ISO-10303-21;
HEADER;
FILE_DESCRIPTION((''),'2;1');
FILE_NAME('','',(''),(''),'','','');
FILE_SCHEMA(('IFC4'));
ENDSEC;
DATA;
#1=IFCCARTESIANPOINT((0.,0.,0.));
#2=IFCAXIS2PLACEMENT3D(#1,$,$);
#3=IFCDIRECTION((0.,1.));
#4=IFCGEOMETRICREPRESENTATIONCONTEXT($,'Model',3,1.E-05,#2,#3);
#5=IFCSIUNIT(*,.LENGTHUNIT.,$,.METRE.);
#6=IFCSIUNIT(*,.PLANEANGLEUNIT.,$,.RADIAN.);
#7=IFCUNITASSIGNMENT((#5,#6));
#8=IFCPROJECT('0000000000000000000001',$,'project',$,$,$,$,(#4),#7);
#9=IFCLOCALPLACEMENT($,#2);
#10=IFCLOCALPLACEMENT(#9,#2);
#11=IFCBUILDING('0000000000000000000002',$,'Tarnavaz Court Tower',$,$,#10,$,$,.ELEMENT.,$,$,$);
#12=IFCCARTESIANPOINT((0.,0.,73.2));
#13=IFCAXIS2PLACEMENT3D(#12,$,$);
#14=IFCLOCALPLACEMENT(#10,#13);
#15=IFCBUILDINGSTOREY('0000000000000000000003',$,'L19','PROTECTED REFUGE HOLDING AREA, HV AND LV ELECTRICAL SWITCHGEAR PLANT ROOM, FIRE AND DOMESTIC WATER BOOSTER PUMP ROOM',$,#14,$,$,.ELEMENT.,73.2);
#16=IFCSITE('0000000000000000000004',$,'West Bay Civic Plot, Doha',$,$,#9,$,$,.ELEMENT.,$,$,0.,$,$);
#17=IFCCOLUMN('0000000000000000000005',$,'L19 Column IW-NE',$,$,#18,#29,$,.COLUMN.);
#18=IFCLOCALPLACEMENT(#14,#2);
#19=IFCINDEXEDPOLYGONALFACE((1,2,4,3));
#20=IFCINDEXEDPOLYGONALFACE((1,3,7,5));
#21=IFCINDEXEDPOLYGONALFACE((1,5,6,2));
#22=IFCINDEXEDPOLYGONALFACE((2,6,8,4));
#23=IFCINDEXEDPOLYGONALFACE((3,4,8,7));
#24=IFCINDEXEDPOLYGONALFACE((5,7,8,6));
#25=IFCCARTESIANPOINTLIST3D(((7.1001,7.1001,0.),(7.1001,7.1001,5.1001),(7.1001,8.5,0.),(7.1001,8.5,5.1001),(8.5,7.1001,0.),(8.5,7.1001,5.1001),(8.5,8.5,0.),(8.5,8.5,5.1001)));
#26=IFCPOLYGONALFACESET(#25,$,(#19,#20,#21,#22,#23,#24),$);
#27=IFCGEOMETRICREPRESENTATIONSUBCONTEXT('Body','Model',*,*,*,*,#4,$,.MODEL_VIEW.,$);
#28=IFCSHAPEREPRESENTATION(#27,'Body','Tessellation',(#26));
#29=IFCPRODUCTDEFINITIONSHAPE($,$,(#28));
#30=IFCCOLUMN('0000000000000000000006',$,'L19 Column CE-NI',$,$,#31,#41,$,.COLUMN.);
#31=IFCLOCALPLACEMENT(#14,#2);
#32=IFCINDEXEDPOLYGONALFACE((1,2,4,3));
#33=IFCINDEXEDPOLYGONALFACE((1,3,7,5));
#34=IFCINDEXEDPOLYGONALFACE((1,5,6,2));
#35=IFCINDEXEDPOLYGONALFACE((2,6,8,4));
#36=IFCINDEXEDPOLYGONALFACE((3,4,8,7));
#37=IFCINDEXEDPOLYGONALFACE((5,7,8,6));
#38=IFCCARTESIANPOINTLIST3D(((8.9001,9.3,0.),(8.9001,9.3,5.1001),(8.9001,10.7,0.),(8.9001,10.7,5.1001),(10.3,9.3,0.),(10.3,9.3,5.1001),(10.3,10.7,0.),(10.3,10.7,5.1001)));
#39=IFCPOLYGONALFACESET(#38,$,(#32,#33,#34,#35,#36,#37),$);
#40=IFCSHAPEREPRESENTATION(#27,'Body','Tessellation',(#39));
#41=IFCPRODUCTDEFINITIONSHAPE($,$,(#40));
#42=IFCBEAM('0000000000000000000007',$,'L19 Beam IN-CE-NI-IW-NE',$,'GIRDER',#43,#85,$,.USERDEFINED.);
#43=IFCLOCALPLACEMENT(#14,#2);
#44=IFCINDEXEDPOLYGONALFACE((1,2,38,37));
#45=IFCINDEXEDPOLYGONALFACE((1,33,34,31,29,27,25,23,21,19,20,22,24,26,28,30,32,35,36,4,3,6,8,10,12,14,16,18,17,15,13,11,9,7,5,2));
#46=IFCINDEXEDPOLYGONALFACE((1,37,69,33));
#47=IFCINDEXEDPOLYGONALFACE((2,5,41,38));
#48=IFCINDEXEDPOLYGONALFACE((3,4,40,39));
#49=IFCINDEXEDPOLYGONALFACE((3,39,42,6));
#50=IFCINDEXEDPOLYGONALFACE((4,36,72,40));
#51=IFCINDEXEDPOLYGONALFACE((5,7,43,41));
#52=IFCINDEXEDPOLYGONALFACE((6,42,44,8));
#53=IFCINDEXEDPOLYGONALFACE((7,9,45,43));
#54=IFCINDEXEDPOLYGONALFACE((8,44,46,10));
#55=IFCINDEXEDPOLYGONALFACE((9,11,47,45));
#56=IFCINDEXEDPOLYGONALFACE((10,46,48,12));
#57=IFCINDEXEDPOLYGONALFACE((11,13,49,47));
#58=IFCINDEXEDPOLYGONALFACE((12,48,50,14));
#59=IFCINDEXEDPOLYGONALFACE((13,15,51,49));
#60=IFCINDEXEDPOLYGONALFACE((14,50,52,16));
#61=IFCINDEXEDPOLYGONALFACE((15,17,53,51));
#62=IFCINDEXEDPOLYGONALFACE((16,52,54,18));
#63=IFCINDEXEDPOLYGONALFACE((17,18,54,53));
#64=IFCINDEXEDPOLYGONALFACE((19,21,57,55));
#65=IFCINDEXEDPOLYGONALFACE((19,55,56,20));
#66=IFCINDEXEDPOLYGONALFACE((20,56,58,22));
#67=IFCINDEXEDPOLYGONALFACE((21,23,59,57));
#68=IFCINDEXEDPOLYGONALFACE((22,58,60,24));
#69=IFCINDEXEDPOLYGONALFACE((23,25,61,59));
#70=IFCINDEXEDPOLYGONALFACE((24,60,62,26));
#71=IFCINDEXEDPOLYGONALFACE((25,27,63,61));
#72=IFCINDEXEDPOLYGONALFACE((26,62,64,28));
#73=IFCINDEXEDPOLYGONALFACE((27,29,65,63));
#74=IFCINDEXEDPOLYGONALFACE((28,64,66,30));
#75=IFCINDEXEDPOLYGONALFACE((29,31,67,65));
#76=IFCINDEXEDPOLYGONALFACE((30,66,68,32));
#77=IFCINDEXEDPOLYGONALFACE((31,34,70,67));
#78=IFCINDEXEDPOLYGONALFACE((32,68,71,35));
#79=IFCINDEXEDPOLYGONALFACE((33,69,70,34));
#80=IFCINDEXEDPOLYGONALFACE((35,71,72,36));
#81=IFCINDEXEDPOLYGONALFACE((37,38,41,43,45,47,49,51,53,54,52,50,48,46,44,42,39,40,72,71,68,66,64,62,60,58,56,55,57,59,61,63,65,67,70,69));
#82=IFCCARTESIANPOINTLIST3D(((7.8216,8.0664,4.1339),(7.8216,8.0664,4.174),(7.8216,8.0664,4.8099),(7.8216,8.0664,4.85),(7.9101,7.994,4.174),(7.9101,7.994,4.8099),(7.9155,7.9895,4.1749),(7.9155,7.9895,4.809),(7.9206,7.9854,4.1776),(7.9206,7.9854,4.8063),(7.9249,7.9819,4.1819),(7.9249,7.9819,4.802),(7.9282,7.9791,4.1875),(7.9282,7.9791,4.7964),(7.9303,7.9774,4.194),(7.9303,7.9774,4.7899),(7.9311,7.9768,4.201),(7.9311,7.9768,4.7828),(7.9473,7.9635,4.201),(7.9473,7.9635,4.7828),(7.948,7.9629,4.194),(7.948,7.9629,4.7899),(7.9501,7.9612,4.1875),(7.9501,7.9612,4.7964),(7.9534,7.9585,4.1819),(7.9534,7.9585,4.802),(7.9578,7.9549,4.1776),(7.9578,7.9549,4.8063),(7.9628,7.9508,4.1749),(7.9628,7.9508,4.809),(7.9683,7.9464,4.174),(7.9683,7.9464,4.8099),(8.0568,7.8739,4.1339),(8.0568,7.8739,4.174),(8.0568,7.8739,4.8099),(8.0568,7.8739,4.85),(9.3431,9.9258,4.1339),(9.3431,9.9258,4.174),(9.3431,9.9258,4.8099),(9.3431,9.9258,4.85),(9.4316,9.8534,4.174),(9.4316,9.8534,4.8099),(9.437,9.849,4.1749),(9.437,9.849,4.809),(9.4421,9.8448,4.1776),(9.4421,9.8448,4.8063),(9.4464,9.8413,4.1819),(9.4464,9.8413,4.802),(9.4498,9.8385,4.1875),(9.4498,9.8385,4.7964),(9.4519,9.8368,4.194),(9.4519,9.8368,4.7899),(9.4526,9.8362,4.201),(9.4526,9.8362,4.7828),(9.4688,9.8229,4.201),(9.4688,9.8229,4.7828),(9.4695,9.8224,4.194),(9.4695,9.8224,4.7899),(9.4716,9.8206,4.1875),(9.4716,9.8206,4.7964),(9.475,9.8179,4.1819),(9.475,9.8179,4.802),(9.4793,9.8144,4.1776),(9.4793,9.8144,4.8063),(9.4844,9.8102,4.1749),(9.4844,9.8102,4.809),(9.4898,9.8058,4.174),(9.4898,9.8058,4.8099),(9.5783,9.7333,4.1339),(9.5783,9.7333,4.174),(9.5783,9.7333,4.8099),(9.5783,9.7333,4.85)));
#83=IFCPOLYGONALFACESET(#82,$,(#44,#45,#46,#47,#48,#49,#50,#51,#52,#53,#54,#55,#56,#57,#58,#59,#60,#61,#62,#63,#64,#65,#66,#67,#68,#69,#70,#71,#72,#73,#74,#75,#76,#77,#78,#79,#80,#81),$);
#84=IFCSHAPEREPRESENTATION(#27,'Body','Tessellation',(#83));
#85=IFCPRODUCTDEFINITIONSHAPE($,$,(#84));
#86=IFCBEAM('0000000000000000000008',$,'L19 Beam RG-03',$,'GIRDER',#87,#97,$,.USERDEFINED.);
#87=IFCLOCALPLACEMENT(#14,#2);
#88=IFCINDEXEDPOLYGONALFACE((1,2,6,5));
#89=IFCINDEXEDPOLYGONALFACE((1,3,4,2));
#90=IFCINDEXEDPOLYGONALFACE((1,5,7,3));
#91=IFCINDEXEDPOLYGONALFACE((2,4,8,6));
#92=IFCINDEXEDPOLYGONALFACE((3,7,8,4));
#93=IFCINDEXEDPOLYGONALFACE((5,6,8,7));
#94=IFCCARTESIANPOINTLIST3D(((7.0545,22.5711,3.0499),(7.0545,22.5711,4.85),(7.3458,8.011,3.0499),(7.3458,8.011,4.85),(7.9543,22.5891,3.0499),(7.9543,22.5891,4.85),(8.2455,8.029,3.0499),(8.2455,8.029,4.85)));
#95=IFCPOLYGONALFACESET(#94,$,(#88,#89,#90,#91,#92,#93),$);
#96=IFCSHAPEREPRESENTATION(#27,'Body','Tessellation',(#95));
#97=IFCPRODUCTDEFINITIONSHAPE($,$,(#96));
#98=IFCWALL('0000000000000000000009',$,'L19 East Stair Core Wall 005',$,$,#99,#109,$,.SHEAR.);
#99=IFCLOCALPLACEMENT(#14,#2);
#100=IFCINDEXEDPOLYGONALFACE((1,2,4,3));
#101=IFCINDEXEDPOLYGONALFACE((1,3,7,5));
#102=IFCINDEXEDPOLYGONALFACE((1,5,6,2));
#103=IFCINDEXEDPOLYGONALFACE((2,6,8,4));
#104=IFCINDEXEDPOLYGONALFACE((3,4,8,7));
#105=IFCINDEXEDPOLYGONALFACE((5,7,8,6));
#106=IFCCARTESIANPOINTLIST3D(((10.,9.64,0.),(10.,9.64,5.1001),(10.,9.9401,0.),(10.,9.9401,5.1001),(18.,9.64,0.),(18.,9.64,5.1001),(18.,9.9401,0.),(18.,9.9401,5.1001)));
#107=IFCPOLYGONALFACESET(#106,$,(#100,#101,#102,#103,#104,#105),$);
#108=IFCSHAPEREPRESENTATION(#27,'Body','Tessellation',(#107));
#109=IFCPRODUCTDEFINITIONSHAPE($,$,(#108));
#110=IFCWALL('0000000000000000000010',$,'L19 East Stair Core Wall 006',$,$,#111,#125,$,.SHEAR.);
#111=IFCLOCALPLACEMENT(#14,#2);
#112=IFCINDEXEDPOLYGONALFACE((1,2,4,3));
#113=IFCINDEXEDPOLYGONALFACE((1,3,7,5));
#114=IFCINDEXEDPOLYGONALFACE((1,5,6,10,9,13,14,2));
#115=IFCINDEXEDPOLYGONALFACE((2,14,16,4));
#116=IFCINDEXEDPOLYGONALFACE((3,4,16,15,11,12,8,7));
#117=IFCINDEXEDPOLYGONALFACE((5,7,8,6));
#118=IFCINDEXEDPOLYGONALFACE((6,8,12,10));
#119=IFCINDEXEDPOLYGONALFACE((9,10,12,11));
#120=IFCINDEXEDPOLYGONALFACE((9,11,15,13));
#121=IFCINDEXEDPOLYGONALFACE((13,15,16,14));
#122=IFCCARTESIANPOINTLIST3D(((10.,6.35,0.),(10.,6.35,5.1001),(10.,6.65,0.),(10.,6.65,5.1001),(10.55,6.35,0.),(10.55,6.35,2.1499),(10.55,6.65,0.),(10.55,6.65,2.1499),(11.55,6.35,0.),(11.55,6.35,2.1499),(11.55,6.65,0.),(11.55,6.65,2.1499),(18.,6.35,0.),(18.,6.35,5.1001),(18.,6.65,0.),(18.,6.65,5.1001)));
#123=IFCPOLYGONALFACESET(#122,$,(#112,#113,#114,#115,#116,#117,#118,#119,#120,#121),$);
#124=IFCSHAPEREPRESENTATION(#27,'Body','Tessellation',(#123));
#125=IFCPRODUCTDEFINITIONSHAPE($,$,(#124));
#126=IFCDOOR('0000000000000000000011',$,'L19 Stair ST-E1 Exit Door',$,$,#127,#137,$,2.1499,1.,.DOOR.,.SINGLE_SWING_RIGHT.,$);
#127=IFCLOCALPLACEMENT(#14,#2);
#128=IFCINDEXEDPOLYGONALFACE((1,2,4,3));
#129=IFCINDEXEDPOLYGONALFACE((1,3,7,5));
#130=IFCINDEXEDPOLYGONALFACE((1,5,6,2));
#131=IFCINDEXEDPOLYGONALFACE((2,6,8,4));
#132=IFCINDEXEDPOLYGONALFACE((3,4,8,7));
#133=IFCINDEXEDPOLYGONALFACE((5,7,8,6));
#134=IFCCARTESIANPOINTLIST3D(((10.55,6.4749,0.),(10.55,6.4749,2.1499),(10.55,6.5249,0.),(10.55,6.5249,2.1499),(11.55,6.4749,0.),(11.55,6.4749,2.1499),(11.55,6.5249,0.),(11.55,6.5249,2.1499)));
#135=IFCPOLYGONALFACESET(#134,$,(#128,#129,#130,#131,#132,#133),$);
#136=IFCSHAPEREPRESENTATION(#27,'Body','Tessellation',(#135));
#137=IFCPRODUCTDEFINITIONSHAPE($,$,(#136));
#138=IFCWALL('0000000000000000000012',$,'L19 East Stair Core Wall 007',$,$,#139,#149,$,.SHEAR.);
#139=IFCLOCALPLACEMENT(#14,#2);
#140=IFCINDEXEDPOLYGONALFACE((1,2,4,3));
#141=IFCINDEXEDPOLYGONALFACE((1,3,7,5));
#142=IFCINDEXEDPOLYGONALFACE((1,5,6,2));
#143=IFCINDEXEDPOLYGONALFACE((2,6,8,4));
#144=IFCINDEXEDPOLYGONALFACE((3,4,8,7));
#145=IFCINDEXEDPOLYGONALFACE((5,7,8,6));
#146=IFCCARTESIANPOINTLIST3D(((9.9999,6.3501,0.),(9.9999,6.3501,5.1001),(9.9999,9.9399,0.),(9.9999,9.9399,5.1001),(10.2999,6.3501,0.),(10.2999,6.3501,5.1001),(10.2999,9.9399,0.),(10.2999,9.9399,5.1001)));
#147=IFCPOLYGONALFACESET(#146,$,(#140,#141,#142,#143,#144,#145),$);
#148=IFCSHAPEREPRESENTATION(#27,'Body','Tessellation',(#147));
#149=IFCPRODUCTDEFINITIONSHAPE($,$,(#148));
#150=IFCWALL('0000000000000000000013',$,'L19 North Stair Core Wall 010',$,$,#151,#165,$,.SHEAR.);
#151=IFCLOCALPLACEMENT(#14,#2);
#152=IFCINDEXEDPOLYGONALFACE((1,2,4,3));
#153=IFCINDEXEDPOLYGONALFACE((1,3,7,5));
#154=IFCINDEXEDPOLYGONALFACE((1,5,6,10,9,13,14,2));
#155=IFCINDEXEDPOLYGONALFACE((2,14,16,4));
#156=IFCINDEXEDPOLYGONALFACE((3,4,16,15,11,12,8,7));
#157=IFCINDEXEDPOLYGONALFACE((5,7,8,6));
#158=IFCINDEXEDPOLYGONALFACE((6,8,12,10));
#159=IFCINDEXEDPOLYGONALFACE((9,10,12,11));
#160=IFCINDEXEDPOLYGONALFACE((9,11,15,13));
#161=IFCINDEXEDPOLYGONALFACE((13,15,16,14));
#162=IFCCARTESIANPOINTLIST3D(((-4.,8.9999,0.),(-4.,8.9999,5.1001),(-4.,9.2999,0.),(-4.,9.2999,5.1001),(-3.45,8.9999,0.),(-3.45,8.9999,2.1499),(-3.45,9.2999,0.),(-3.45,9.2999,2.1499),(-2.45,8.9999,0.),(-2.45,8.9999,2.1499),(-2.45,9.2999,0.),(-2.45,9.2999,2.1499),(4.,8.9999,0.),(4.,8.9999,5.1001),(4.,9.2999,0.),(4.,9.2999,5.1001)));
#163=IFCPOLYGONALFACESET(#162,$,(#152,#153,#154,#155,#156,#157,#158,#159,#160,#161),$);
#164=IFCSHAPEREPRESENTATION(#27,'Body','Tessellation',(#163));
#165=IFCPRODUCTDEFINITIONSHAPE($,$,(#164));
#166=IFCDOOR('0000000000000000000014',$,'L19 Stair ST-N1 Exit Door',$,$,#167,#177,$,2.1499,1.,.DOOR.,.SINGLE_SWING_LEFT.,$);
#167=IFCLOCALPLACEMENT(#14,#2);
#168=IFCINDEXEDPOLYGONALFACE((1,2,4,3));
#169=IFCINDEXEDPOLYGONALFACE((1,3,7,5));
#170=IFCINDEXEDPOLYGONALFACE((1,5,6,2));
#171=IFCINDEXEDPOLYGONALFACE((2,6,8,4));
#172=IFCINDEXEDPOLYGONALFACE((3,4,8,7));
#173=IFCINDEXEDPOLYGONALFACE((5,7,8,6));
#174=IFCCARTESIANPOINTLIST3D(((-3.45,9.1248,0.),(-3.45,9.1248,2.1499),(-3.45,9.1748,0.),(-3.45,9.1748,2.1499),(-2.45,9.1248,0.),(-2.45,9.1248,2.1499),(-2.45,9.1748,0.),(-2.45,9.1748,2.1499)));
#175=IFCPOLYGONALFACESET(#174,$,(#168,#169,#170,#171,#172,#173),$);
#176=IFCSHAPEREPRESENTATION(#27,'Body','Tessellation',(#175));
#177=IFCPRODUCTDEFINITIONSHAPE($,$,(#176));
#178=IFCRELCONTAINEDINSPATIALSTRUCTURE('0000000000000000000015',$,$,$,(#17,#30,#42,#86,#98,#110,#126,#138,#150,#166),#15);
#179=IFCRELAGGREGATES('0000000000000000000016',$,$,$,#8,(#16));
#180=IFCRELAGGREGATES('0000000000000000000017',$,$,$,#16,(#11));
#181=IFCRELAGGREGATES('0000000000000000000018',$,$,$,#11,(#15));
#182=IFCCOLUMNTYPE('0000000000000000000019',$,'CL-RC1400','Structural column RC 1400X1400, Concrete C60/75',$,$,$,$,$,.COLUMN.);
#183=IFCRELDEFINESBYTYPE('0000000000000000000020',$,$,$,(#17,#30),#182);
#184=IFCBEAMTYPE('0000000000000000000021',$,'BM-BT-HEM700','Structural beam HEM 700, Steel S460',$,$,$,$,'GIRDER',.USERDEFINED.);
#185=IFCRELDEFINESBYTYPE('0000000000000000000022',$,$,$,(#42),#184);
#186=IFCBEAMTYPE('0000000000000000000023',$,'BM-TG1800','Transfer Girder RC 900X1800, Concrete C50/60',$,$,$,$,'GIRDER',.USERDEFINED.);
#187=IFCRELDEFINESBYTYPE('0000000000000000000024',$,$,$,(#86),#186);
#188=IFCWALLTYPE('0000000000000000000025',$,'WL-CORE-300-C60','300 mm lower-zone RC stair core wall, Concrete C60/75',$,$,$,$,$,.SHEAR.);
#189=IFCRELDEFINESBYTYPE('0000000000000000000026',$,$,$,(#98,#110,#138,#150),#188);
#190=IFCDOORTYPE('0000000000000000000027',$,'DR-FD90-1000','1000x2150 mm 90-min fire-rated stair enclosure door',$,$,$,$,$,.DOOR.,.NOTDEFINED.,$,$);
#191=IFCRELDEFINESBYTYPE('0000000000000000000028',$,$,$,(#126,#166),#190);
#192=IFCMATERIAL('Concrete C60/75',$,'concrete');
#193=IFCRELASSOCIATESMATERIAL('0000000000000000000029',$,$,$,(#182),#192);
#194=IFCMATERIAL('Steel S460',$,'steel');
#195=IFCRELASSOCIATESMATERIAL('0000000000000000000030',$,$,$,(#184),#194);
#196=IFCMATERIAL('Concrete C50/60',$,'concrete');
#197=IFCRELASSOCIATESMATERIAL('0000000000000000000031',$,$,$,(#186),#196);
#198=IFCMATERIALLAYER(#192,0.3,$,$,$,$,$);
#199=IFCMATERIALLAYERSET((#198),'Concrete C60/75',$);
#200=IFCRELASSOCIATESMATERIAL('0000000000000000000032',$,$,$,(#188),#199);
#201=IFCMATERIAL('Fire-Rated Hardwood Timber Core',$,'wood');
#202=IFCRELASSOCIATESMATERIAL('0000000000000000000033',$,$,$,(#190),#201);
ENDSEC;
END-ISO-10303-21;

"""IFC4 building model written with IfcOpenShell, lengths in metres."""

from ifc_helpers import new_model, si_unit, direction, frame, frame_2d, origin, origin_2d, place, context, subcontext, project, spatial, rectangle, i_section, extrude, material, layer, layer_set, material_profile, profile_set, type_object, element, fill, save


model = new_model("IFC4")

# Units and contexts
model_context = context("Model", 3, precision=1e-05, world=origin(), true_north=direction((0.0, 1.0)))
body_context = subcontext(model_context, "Body", "Model", "MODEL_VIEW")
ifc_project = project(units=[si_unit("LENGTHUNIT", "METRE"), si_unit("PLANEANGLEUNIT", "RADIAN")], contexts=[model_context])

# Site, building, storey
site_placement = place(None, origin())
site = spatial("IfcSite", under=ifc_project, at=site_placement, Name="West Bay Civic Plot, Doha", CompositionType="ELEMENT", RefElevation=0.0)
building_placement = place(site_placement, origin())
building = spatial("IfcBuilding", under=site, at=building_placement, Name="Tarnavaz Court Tower", CompositionType="ELEMENT")
storey_placement = place(building_placement, frame((0.0, 0.0, 73.2)))
storey = spatial("IfcBuildingStorey", under=building, at=storey_placement, Name="L19", Description="PROTECTED REFUGE HOLDING AREA, HV AND LV ELECTRICAL SWITCHGEAR PLANT ROOM, FIRE AND DOMESTIC WATER BOOSTER PUMP ROOM", CompositionType="ELEMENT", Elevation=73.2)

# Columns
ifc_material_1 = material(Name="Concrete C60/75", Category="concrete")
ifc_material_profile_1 = material_profile(ifc_material_1, rectangle(XDim=1.3999, YDim=1.3999, at=origin_2d()), Name="RC 1400X1400")
ifc_profile_set_1 = profile_set([ifc_material_profile_1], Name="Concrete C60/75")
column_type = type_object("IfcColumnType", Name="CL-RC1400", Description="Structural column RC 1400X1400, Concrete C60/75", PredefinedType="COLUMN", material=ifc_profile_set_1)
for number, where, z_axis, x_axis, name in (
    (1, (7.8, 7.8, 0.0), (0.0, 0.0, 1.0), (1.0, 0.0, 0.0), "L19 Column IW-NE"),
    (2, (9.6001, 10.0, 0.0), (0.0, 0.0, 1.0), (1.0, 0.0, 0.0), "L19 Column CE-NI"),
):
    element("IfcColumn", number, at=place(storey_placement, frame(where, z_axis=z_axis, x_axis=x_axis)), inside=storey, type_object=column_type, Name=name, PredefinedType="COLUMN", context=body_context, shape_type="SweptSolid", body=[
        extrude(rectangle(XDim=1.3999, YDim=1.3999, at=origin_2d()), origin(), (0.0, 0.0, 1.0), 5.1001),
    ])

# Beams
ifc_material_2 = material(Name="Steel S460", Category="steel")
ifc_material_profile_2 = material_profile(ifc_material_2, i_section(OverallWidth=0.304, OverallDepth=0.7161, WebThickness=0.021, FlangeThickness=0.04, FilletRadius=0.0271, at=origin_2d()), Name="HEM 700")
ifc_profile_set_2 = profile_set([ifc_material_profile_2], Name="Steel S460")
beam_type_1 = type_object("IfcBeamType", Name="BM-BT-HEM700", Description="Structural beam HEM 700, Steel S460", ElementType="GIRDER", PredefinedType="USERDEFINED", material=ifc_profile_set_2)
beam_1_placement = place(storey_placement, frame((9.4607, 9.8296, 4.4919), z_axis=(-0.633282, -0.773921, 0.0), x_axis=(0.773921, -0.633282, 0.0)))
element("IfcBeam", 3, at=beam_1_placement, inside=storey, type_object=beam_type_1, Name="L19 Beam IN-CE-NI-IW-NE", ObjectType="GIRDER", PredefinedType="USERDEFINED", context=body_context, shape_type="SweptSolid", body=[
    extrude(i_section(OverallWidth=0.304, OverallDepth=0.7161, WebThickness=0.021, FlangeThickness=0.04, FilletRadius=0.0271, at=origin_2d()), origin(), (0.0, 0.0, 1.0), 2.4026),
])
ifc_material_3 = material(Name="Concrete C50/60", Category="concrete")
ifc_material_profile_3 = material_profile(ifc_material_3, rectangle(XDim=0.8999, YDim=1.8, at=origin_2d()), Name="RC 900X1800")
ifc_profile_set_3 = profile_set([ifc_material_profile_3], Name="Concrete C50/60")
beam_type_2 = type_object("IfcBeamType", Name="BM-TG1800", Description="Transfer Girder RC 900X1800, Concrete C50/60", ElementType="GIRDER", PredefinedType="USERDEFINED", material=ifc_profile_set_3)
beam_2_placement = place(storey_placement, frame((7.7957, 8.02, 3.95), z_axis=(-0.02, 0.9998, 0.0), x_axis=(-0.9998, -0.02, 0.0)))
element("IfcBeam", 4, at=beam_2_placement, inside=storey, type_object=beam_type_2, Name="L19 Beam RG-03", ObjectType="GIRDER", PredefinedType="USERDEFINED", context=body_context, shape_type="SweptSolid", body=[
    extrude(rectangle(XDim=0.8999, YDim=1.8, at=origin_2d()), origin(), (0.0, 0.0, 1.0), 14.563),
])

# Wall
ifc_layer_1 = layer(ifc_material_1, 0.3)
ifc_layer_set_1 = layer_set([ifc_layer_1], Name="Concrete C60/75")
wall_type_1 = type_object("IfcWallType", Name="WL-CORE-300-C60", Description="300 mm lower-zone RC stair core wall, Concrete C60/75", PredefinedType="SHEAR", material=ifc_layer_set_1)
wall_1_placement = place(storey_placement, frame((10.0, 9.79, 0.0), z_axis=(0.0, 0.0, 1.0), x_axis=(1.0, 0.0, 0.0)))
element("IfcWall", 5, at=wall_1_placement, inside=storey, type_object=wall_type_1, Name="L19 East Stair Core Wall 005", PredefinedType="SHEAR", context=body_context, shape_type="SweptSolid", body=[
    extrude(rectangle(XDim=8.0, YDim=0.3, at=frame_2d((4.0, 0.0))), origin(), (0.0, 0.0, 1.0), 5.1001),
])

# Wall, opening, door
wall_2_placement = place(storey_placement, frame((10.0, 6.5, 0.0), z_axis=(0.0, 0.0, 1.0), x_axis=(1.0, 0.0, 0.0)))
wall_2 = element("IfcWall", 6, at=wall_2_placement, inside=storey, type_object=wall_type_1, Name="L19 East Stair Core Wall 006", PredefinedType="SHEAR", context=body_context, shape_type="SweptSolid", body=[
    extrude(rectangle(XDim=8.0, YDim=0.3, at=frame_2d((4.0, 0.0))), origin(), (0.0, 0.0, 1.0), 5.1001),
])
opening_1_placement = place(wall_2_placement, frame((0.55, 0.0, 0.0)))
opening_1 = element("IfcOpeningElement", 7, at=opening_1_placement, cuts=wall_2, PredefinedType="OPENING", context=body_context, shape_type="SweptSolid", body=[
    extrude(rectangle(XDim=1.0, YDim=2.1499, at=frame_2d((0.5, 1.075))), frame((0.0, 0.1599, 0.0), z_axis=(0.0, -1.0, 0.0), x_axis=(1.0, 0.0, 0.0)), (0.0, 0.0, 1.0), 0.3201),
])
ifc_material_4 = material(Name="Fire-Rated Hardwood Timber Core", Category="wood")
door_type_1 = type_object("IfcDoorType", Name="DR-FD90-1000", Description="1000x2150 mm 90-min fire-rated stair enclosure door", OperationType="NOTDEFINED", PredefinedType="DOOR", material=ifc_material_4)
door_1_placement = place(opening_1_placement, origin())
door_1 = element("IfcDoor", 8, at=door_1_placement, inside=storey, type_object=door_type_1, Name="L19 Stair ST-E1 Exit Door", OperationType="SINGLE_SWING_RIGHT", OverallHeight=2.1499, OverallWidth=1.0, PredefinedType="DOOR", context=body_context, shape_type="SweptSolid", body=[
    extrude(rectangle(XDim=1.0, YDim=2.1499, at=frame_2d((0.5, 1.075))), frame((0.0, 0.0249, 0.0), z_axis=(0.0, -1.0, 0.0), x_axis=(1.0, 0.0, 0.0)), (0.0, 0.0, 1.0), 0.05),
])
fill(opening_1, door_1)

# Wall
wall_3_placement = place(storey_placement, frame((10.1499, 6.3501, 0.0), z_axis=(0.0, 0.0, 1.0), x_axis=(0.0, 1.0, 0.0)))
element("IfcWall", 9, at=wall_3_placement, inside=storey, type_object=wall_type_1, Name="L19 East Stair Core Wall 007", PredefinedType="SHEAR", context=body_context, shape_type="SweptSolid", body=[
    extrude(rectangle(XDim=3.5898, YDim=0.3, at=frame_2d((1.7949, 0.0))), origin(), (0.0, 0.0, 1.0), 5.1001),
])

# Wall, opening, door
wall_4_placement = place(storey_placement, frame((-4.0, 9.1499, 0.0), z_axis=(0.0, 0.0, 1.0), x_axis=(1.0, 0.0, 0.0)))
wall_4 = element("IfcWall", 10, at=wall_4_placement, inside=storey, type_object=wall_type_1, Name="L19 North Stair Core Wall 010", PredefinedType="SHEAR", context=body_context, shape_type="SweptSolid", body=[
    extrude(rectangle(XDim=8.0, YDim=0.3, at=frame_2d((4.0, 0.0))), origin(), (0.0, 0.0, 1.0), 5.1001),
])
opening_2_placement = place(wall_4_placement, frame((0.55, 0.0, 0.0)))
opening_2 = element("IfcOpeningElement", 11, at=opening_2_placement, cuts=wall_4, PredefinedType="OPENING", context=body_context, shape_type="SweptSolid", body=[
    extrude(rectangle(XDim=1.0, YDim=2.1499, at=frame_2d((0.5, 1.075))), frame((0.0, 0.1599, 0.0), z_axis=(0.0, -1.0, 0.0), x_axis=(1.0, 0.0, 0.0)), (0.0, 0.0, 1.0), 0.3201),
])
door_2_placement = place(opening_2_placement, origin())
door_2 = element("IfcDoor", 12, at=door_2_placement, inside=storey, type_object=door_type_1, Name="L19 Stair ST-N1 Exit Door", OperationType="SINGLE_SWING_LEFT", OverallHeight=2.1499, OverallWidth=1.0, PredefinedType="DOOR", context=body_context, shape_type="SweptSolid", body=[
    extrude(rectangle(XDim=1.0, YDim=2.1499, at=frame_2d((0.5, 1.075))), frame((0.0, 0.0249, 0.0), z_axis=(0.0, -1.0, 0.0), x_axis=(1.0, 0.0, 0.0)), (0.0, 0.0, 1.0), 0.05),
])
fill(opening_2, door_2)

save(model, "model.ifc")
